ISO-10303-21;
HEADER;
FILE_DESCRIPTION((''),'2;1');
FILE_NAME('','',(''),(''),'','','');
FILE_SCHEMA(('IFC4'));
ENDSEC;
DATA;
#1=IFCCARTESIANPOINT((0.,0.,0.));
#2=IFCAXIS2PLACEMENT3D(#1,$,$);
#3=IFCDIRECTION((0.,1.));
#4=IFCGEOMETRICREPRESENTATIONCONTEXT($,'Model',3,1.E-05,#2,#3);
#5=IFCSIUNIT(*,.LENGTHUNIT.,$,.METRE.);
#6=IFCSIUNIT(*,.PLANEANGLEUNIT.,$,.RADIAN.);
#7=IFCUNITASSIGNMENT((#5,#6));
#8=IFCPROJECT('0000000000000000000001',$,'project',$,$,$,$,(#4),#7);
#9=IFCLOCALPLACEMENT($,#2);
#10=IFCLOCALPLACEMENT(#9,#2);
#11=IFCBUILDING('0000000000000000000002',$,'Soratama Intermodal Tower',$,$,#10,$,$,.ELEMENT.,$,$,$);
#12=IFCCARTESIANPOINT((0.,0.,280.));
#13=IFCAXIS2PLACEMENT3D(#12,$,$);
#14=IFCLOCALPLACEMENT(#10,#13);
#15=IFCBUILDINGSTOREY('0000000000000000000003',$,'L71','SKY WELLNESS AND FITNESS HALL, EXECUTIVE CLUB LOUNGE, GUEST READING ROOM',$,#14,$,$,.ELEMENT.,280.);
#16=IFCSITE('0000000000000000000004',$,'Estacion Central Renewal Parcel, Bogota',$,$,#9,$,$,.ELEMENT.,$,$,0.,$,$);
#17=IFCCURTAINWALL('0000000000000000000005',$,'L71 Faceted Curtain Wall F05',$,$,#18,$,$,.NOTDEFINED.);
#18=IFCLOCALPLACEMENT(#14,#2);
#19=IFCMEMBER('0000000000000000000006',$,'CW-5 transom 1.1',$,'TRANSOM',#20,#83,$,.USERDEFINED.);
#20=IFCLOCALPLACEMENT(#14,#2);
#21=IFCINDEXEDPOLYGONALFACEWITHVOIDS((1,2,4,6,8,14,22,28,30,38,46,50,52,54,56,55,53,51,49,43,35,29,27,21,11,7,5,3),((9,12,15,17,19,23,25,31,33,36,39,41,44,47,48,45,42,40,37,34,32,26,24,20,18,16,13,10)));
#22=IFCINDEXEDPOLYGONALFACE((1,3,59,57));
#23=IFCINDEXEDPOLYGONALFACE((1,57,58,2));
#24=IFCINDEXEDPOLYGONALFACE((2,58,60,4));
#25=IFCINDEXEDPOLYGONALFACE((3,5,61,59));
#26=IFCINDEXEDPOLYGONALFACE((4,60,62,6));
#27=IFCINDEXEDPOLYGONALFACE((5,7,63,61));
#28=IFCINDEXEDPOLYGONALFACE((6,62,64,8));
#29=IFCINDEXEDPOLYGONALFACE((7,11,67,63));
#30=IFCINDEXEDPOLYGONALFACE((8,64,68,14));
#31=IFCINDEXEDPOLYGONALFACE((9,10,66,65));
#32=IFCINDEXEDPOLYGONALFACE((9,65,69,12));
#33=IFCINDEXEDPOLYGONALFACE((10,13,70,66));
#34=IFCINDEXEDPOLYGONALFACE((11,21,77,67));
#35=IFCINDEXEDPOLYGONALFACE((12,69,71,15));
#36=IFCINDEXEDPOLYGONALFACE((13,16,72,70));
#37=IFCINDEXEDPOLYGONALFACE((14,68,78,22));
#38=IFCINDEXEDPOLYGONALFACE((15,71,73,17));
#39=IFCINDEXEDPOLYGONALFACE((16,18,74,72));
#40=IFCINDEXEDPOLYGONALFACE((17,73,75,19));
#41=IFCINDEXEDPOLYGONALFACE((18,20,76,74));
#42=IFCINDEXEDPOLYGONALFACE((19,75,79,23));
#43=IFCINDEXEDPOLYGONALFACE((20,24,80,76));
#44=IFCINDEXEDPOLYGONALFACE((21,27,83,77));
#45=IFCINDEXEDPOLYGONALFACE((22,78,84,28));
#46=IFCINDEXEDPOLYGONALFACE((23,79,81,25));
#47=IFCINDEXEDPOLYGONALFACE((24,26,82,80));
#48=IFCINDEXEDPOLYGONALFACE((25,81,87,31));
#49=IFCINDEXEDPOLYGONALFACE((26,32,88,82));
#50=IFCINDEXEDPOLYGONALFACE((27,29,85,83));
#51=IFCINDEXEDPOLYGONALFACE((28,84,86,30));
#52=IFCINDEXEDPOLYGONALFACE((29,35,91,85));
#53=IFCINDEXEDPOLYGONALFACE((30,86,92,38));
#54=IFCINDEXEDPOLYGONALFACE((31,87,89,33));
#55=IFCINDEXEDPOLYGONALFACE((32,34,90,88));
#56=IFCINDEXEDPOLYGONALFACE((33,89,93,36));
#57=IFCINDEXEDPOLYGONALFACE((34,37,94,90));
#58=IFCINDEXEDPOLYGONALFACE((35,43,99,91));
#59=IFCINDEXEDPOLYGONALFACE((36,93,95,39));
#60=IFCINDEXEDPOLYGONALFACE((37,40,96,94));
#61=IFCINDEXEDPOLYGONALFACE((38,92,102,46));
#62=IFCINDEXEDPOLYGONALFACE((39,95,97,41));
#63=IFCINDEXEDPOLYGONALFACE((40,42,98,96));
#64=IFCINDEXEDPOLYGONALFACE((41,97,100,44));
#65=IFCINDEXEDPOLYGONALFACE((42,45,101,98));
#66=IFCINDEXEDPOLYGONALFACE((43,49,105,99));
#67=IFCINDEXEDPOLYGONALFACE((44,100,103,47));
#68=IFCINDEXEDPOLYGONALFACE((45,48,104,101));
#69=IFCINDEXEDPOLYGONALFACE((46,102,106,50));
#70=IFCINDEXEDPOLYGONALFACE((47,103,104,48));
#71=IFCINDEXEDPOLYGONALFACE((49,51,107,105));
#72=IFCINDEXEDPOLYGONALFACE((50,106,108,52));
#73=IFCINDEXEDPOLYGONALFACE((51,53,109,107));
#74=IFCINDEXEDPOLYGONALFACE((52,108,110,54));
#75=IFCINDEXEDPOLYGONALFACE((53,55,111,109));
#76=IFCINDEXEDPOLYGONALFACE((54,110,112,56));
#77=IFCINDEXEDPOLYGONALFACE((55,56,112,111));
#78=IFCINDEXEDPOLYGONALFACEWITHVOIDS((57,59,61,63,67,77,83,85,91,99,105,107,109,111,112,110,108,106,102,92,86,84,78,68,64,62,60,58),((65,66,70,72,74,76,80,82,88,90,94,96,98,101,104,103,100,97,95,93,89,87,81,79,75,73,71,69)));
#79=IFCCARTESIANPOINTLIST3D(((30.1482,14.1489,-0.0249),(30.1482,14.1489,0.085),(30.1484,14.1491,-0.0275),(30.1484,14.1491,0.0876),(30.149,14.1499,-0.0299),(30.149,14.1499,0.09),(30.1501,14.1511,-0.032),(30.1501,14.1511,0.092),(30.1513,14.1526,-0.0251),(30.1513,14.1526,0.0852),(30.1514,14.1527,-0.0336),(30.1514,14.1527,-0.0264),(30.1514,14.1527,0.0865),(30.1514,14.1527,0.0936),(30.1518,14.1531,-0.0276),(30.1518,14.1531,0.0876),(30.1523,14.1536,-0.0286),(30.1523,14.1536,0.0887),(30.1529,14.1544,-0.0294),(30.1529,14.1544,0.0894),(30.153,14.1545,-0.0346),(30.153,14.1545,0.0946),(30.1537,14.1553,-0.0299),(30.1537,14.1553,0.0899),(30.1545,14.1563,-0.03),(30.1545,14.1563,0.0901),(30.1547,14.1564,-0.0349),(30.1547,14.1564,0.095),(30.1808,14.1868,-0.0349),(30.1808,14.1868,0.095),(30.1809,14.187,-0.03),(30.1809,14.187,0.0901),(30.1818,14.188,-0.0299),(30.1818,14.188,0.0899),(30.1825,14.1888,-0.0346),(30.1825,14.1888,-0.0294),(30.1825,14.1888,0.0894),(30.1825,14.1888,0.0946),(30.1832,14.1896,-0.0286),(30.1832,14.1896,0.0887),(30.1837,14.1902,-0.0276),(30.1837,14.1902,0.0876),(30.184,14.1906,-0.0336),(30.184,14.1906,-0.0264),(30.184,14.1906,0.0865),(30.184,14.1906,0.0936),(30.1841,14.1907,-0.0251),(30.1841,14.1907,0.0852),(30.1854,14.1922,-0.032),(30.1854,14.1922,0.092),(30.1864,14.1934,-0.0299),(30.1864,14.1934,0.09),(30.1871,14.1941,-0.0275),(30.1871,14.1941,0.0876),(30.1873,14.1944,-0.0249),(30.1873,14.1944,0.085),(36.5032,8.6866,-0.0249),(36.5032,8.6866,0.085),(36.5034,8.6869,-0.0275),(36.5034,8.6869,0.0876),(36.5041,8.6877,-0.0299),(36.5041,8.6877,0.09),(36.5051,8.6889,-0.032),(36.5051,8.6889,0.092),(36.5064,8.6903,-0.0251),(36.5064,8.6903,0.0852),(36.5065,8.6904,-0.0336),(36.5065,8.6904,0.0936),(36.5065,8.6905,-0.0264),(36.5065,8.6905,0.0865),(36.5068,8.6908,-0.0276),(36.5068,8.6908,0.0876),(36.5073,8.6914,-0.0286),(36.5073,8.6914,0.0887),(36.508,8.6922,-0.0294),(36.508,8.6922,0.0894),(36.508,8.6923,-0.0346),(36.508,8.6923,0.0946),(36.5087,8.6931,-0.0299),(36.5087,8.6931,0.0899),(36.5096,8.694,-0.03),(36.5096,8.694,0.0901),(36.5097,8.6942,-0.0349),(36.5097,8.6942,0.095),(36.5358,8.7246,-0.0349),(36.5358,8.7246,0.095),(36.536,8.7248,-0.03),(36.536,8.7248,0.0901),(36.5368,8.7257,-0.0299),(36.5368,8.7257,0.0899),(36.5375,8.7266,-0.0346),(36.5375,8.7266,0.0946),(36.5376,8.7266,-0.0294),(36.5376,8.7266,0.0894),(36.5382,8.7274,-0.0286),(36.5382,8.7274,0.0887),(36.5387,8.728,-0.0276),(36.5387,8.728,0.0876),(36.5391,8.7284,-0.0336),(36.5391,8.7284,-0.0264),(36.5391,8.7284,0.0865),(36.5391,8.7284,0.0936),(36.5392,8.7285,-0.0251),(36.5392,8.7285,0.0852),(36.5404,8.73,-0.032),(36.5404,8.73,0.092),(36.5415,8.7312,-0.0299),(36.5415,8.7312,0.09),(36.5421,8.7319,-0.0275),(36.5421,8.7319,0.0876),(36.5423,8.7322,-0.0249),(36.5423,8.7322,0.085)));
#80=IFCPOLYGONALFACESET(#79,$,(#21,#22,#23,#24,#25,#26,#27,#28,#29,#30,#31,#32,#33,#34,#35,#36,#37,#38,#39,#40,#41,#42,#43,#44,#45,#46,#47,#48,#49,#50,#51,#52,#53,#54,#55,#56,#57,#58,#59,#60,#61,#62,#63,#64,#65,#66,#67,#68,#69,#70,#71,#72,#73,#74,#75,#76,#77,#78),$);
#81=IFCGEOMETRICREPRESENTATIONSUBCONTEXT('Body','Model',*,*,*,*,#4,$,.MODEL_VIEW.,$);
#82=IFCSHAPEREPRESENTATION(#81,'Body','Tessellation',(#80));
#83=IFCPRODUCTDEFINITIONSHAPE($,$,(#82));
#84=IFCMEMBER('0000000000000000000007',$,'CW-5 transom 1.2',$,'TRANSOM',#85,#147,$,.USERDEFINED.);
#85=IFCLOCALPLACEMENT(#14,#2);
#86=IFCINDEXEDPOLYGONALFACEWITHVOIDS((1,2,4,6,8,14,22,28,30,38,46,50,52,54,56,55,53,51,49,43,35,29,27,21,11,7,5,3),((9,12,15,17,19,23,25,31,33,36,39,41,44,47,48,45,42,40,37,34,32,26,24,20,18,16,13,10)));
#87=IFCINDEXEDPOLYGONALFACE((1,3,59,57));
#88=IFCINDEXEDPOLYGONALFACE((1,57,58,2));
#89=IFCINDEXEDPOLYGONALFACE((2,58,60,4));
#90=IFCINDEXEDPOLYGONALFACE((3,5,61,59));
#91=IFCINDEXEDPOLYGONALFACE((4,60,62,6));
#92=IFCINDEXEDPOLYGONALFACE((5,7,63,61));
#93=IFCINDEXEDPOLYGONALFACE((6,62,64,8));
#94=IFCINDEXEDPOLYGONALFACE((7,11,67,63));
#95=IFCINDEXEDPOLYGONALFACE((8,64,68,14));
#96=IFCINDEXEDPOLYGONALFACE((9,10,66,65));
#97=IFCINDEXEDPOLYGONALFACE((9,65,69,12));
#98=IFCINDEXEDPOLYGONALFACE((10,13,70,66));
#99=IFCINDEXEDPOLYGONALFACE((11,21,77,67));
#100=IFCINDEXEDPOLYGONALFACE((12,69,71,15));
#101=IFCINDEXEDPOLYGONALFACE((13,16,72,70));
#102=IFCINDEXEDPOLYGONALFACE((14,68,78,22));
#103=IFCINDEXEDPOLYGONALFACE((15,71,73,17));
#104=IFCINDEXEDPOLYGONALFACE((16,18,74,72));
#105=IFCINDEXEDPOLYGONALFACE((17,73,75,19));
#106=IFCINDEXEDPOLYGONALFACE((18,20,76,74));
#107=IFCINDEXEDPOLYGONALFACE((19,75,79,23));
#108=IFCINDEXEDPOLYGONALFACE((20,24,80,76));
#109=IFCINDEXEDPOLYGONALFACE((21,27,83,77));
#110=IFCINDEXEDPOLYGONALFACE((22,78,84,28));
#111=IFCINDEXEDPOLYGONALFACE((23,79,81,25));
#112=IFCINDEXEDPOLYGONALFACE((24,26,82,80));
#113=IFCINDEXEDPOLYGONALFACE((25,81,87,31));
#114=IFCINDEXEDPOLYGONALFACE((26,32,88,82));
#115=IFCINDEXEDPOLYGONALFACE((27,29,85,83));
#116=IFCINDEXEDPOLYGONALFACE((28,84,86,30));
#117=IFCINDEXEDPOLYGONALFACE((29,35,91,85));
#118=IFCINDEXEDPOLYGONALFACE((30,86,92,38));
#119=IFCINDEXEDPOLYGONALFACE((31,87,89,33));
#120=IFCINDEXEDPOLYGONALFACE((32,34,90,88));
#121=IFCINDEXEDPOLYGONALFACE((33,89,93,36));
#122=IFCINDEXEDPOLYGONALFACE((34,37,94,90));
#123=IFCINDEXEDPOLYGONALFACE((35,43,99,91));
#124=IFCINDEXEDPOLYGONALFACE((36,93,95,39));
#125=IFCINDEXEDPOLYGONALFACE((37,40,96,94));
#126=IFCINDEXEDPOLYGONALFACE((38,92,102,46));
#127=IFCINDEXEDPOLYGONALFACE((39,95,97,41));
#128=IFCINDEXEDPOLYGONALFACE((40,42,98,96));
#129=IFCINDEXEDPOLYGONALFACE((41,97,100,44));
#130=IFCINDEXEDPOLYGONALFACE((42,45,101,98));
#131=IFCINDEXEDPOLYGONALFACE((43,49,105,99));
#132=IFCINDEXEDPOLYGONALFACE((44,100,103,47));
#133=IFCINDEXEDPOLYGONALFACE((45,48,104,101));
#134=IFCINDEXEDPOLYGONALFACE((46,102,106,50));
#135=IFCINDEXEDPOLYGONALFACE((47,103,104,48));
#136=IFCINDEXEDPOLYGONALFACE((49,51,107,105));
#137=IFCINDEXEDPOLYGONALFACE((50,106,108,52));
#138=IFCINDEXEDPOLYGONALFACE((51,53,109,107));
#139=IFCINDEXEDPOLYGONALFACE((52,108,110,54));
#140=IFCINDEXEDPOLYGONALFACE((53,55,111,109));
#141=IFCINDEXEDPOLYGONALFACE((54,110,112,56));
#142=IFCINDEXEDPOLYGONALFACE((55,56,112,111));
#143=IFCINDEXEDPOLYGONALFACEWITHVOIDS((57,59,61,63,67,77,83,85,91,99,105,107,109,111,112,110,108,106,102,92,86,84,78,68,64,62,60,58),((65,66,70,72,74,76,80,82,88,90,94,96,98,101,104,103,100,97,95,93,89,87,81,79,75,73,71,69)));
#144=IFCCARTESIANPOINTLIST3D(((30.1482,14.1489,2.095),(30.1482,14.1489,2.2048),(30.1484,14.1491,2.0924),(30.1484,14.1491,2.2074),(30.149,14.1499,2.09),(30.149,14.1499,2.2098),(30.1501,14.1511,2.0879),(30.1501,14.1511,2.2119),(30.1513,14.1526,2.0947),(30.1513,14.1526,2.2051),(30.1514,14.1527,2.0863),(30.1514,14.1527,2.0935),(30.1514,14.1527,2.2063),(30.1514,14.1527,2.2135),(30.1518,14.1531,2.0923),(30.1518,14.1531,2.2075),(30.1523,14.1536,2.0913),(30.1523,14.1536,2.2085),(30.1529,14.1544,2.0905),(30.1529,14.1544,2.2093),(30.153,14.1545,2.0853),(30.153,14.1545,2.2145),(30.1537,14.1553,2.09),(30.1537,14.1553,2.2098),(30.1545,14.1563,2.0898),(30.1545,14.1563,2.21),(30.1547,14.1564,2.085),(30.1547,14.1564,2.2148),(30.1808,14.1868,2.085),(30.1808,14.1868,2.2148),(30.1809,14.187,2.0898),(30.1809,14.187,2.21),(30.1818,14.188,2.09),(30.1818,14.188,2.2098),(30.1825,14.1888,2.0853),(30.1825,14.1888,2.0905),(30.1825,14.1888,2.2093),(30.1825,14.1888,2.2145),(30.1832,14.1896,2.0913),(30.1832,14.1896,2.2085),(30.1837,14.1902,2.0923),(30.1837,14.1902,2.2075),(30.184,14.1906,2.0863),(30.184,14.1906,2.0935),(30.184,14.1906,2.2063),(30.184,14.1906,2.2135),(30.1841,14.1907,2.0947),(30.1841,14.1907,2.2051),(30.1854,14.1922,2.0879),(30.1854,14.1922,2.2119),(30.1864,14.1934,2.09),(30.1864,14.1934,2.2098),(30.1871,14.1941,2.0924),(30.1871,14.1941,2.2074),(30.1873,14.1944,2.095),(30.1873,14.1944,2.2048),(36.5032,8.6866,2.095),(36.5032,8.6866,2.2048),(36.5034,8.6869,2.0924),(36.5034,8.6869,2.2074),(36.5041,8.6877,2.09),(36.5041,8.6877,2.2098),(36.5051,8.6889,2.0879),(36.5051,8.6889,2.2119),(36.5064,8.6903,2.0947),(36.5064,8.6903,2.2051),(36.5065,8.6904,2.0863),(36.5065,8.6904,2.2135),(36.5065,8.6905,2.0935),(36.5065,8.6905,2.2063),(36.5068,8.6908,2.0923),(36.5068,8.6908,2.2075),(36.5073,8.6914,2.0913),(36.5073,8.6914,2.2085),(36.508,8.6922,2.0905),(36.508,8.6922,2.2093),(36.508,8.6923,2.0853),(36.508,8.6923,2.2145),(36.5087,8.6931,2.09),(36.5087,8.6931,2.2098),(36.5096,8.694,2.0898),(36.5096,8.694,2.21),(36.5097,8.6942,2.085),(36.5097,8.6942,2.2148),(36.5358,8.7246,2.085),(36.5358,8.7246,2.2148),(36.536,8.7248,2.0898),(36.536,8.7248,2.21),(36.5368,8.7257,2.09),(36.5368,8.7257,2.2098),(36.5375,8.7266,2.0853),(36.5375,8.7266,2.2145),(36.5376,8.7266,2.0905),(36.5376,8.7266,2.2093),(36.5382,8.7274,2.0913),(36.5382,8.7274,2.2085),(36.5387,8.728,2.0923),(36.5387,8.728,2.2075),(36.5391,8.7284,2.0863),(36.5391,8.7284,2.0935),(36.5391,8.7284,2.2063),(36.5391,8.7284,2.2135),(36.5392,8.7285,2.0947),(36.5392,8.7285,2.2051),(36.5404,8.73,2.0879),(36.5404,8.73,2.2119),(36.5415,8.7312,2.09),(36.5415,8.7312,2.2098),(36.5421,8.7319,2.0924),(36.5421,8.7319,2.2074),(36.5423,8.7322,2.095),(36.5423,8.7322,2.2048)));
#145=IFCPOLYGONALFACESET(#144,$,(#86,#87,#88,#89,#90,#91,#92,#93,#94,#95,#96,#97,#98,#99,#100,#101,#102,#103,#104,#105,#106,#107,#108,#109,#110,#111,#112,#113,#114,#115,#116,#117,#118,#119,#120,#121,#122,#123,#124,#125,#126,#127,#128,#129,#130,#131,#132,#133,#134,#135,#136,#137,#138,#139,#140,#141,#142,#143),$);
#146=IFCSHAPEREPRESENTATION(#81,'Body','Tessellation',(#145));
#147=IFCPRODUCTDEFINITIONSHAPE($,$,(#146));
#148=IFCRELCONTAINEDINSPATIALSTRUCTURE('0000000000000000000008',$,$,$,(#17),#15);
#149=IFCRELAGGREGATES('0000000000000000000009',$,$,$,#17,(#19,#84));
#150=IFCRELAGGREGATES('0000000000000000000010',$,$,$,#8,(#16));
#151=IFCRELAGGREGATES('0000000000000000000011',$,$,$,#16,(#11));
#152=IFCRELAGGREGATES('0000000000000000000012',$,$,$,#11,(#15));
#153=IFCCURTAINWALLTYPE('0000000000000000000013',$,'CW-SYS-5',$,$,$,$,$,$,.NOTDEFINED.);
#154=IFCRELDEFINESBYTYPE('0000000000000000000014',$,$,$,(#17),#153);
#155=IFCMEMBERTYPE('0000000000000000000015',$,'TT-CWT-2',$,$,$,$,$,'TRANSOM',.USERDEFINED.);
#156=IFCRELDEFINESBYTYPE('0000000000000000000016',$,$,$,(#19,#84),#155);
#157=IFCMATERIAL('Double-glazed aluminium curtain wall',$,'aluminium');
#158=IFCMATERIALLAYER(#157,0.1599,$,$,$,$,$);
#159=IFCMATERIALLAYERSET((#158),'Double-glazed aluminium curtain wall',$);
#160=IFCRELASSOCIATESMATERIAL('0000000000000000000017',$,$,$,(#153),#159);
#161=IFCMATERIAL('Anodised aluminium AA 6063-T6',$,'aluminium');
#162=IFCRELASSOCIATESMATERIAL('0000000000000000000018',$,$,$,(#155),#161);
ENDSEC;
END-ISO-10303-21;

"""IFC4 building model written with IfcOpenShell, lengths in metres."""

from ifc_helpers import new_model, si_unit, direction, frame, origin, origin_2d, place, context, subcontext, project, spatial, hollow_rectangle, extrude, material, layer, layer_set, material_profile, profile_set, type_object, element, aggregate, save


model = new_model("IFC4")

# Units and contexts
model_context = context("Model", 3, precision=1e-05, world=origin(), true_north=direction((0.0, 1.0)))
body_context = subcontext(model_context, "Body", "Model", "MODEL_VIEW")
ifc_project = project(units=[si_unit("LENGTHUNIT", "METRE"), si_unit("PLANEANGLEUNIT", "RADIAN")], contexts=[model_context])

# Site, building, storey
site_placement = place(None, origin())
site = spatial("IfcSite", under=ifc_project, at=site_placement, Name="Estacion Central Renewal Parcel, Bogota", CompositionType="ELEMENT", RefElevation=0.0)
building_placement = place(site_placement, origin())
building = spatial("IfcBuilding", under=site, at=building_placement, Name="Soratama Intermodal Tower", CompositionType="ELEMENT")
storey_placement = place(building_placement, frame((0.0, 0.0, 280.0)))
storey = spatial("IfcBuildingStorey", under=building, at=storey_placement, Name="L71", Description="SKY WELLNESS AND FITNESS HALL, EXECUTIVE CLUB LOUNGE, GUEST READING ROOM", CompositionType="ELEMENT", Elevation=280.0)

# Shared definitions
ifc_material_1 = material(Name="Double-glazed aluminium curtain wall", Category="aluminium")
ifc_layer_1 = layer(ifc_material_1, 0.1599)
ifc_layer_set_1 = layer_set([ifc_layer_1], Name="Double-glazed aluminium curtain wall")
curtain_wall_type = type_object("IfcCurtainWallType", Name="CW-SYS-5", PredefinedType="NOTDEFINED", material=ifc_layer_set_1)

# Curtain wall, members
curtain_wall_1_placement = place(storey_placement, origin())
curtain_wall_1 = element("IfcCurtainWall", 1, at=curtain_wall_1_placement, inside=storey, type_object=curtain_wall_type, Name="L71 Faceted Curtain Wall F05", PredefinedType="NOTDEFINED")
ifc_material_2 = material(Name="Anodised aluminium AA 6063-T6", Category="aluminium")
ifc_material_profile_1 = material_profile(ifc_material_2, hollow_rectangle(XDim=0.0601, YDim=0.1299, WallThickness=0.0049, InnerFilletRadius=0.0049, OuterFilletRadius=0.01, at=origin_2d()), Name="CWT130X60X5")
ifc_profile_set_1 = profile_set([ifc_material_profile_1], Name="Anodised aluminium AA 6063-T6")
member_type_1 = type_object("IfcMemberType", Name="TT-CWT-2", ElementType="TRANSOM", PredefinedType="USERDEFINED", material=ifc_profile_set_1)
member_1_placement = place(storey_placement, frame((30.1677, 14.1716, 0.03), z_axis=(0.75837, -0.651825, 0.0), x_axis=(0.651825, 0.75837, 0.0)))
member_1 = element("IfcMember", 2, at=member_1_placement, type_object=member_type_1, Name="CW-5 transom 1.1", ObjectType="TRANSOM", PredefinedType="USERDEFINED", context=body_context, shape_type="SweptSolid", body=[
    extrude(hollow_rectangle(XDim=0.0601, YDim=0.1299, WallThickness=0.0049, InnerFilletRadius=0.0049, OuterFilletRadius=0.01, at=origin_2d()), origin(), (0.0, 0.0, 1.0), 8.3799),
])
member_2_placement = place(storey_placement, frame((30.1677, 14.1716, 2.1499), z_axis=(0.75837, -0.651825, 0.0), x_axis=(0.651825, 0.75837, 0.0)))
member_2 = element("IfcMember", 3, at=member_2_placement, type_object=member_type_1, Name="CW-5 transom 1.2", ObjectType="TRANSOM", PredefinedType="USERDEFINED", context=body_context, shape_type="SweptSolid", body=[
    extrude(hollow_rectangle(XDim=0.0601, YDim=0.1299, WallThickness=0.0049, InnerFilletRadius=0.0049, OuterFilletRadius=0.01, at=origin_2d()), origin(), (0.0, 0.0, 1.0), 8.3799),
])
aggregate(curtain_wall_1, [member_1, member_2])

save(model, "model.ifc")
